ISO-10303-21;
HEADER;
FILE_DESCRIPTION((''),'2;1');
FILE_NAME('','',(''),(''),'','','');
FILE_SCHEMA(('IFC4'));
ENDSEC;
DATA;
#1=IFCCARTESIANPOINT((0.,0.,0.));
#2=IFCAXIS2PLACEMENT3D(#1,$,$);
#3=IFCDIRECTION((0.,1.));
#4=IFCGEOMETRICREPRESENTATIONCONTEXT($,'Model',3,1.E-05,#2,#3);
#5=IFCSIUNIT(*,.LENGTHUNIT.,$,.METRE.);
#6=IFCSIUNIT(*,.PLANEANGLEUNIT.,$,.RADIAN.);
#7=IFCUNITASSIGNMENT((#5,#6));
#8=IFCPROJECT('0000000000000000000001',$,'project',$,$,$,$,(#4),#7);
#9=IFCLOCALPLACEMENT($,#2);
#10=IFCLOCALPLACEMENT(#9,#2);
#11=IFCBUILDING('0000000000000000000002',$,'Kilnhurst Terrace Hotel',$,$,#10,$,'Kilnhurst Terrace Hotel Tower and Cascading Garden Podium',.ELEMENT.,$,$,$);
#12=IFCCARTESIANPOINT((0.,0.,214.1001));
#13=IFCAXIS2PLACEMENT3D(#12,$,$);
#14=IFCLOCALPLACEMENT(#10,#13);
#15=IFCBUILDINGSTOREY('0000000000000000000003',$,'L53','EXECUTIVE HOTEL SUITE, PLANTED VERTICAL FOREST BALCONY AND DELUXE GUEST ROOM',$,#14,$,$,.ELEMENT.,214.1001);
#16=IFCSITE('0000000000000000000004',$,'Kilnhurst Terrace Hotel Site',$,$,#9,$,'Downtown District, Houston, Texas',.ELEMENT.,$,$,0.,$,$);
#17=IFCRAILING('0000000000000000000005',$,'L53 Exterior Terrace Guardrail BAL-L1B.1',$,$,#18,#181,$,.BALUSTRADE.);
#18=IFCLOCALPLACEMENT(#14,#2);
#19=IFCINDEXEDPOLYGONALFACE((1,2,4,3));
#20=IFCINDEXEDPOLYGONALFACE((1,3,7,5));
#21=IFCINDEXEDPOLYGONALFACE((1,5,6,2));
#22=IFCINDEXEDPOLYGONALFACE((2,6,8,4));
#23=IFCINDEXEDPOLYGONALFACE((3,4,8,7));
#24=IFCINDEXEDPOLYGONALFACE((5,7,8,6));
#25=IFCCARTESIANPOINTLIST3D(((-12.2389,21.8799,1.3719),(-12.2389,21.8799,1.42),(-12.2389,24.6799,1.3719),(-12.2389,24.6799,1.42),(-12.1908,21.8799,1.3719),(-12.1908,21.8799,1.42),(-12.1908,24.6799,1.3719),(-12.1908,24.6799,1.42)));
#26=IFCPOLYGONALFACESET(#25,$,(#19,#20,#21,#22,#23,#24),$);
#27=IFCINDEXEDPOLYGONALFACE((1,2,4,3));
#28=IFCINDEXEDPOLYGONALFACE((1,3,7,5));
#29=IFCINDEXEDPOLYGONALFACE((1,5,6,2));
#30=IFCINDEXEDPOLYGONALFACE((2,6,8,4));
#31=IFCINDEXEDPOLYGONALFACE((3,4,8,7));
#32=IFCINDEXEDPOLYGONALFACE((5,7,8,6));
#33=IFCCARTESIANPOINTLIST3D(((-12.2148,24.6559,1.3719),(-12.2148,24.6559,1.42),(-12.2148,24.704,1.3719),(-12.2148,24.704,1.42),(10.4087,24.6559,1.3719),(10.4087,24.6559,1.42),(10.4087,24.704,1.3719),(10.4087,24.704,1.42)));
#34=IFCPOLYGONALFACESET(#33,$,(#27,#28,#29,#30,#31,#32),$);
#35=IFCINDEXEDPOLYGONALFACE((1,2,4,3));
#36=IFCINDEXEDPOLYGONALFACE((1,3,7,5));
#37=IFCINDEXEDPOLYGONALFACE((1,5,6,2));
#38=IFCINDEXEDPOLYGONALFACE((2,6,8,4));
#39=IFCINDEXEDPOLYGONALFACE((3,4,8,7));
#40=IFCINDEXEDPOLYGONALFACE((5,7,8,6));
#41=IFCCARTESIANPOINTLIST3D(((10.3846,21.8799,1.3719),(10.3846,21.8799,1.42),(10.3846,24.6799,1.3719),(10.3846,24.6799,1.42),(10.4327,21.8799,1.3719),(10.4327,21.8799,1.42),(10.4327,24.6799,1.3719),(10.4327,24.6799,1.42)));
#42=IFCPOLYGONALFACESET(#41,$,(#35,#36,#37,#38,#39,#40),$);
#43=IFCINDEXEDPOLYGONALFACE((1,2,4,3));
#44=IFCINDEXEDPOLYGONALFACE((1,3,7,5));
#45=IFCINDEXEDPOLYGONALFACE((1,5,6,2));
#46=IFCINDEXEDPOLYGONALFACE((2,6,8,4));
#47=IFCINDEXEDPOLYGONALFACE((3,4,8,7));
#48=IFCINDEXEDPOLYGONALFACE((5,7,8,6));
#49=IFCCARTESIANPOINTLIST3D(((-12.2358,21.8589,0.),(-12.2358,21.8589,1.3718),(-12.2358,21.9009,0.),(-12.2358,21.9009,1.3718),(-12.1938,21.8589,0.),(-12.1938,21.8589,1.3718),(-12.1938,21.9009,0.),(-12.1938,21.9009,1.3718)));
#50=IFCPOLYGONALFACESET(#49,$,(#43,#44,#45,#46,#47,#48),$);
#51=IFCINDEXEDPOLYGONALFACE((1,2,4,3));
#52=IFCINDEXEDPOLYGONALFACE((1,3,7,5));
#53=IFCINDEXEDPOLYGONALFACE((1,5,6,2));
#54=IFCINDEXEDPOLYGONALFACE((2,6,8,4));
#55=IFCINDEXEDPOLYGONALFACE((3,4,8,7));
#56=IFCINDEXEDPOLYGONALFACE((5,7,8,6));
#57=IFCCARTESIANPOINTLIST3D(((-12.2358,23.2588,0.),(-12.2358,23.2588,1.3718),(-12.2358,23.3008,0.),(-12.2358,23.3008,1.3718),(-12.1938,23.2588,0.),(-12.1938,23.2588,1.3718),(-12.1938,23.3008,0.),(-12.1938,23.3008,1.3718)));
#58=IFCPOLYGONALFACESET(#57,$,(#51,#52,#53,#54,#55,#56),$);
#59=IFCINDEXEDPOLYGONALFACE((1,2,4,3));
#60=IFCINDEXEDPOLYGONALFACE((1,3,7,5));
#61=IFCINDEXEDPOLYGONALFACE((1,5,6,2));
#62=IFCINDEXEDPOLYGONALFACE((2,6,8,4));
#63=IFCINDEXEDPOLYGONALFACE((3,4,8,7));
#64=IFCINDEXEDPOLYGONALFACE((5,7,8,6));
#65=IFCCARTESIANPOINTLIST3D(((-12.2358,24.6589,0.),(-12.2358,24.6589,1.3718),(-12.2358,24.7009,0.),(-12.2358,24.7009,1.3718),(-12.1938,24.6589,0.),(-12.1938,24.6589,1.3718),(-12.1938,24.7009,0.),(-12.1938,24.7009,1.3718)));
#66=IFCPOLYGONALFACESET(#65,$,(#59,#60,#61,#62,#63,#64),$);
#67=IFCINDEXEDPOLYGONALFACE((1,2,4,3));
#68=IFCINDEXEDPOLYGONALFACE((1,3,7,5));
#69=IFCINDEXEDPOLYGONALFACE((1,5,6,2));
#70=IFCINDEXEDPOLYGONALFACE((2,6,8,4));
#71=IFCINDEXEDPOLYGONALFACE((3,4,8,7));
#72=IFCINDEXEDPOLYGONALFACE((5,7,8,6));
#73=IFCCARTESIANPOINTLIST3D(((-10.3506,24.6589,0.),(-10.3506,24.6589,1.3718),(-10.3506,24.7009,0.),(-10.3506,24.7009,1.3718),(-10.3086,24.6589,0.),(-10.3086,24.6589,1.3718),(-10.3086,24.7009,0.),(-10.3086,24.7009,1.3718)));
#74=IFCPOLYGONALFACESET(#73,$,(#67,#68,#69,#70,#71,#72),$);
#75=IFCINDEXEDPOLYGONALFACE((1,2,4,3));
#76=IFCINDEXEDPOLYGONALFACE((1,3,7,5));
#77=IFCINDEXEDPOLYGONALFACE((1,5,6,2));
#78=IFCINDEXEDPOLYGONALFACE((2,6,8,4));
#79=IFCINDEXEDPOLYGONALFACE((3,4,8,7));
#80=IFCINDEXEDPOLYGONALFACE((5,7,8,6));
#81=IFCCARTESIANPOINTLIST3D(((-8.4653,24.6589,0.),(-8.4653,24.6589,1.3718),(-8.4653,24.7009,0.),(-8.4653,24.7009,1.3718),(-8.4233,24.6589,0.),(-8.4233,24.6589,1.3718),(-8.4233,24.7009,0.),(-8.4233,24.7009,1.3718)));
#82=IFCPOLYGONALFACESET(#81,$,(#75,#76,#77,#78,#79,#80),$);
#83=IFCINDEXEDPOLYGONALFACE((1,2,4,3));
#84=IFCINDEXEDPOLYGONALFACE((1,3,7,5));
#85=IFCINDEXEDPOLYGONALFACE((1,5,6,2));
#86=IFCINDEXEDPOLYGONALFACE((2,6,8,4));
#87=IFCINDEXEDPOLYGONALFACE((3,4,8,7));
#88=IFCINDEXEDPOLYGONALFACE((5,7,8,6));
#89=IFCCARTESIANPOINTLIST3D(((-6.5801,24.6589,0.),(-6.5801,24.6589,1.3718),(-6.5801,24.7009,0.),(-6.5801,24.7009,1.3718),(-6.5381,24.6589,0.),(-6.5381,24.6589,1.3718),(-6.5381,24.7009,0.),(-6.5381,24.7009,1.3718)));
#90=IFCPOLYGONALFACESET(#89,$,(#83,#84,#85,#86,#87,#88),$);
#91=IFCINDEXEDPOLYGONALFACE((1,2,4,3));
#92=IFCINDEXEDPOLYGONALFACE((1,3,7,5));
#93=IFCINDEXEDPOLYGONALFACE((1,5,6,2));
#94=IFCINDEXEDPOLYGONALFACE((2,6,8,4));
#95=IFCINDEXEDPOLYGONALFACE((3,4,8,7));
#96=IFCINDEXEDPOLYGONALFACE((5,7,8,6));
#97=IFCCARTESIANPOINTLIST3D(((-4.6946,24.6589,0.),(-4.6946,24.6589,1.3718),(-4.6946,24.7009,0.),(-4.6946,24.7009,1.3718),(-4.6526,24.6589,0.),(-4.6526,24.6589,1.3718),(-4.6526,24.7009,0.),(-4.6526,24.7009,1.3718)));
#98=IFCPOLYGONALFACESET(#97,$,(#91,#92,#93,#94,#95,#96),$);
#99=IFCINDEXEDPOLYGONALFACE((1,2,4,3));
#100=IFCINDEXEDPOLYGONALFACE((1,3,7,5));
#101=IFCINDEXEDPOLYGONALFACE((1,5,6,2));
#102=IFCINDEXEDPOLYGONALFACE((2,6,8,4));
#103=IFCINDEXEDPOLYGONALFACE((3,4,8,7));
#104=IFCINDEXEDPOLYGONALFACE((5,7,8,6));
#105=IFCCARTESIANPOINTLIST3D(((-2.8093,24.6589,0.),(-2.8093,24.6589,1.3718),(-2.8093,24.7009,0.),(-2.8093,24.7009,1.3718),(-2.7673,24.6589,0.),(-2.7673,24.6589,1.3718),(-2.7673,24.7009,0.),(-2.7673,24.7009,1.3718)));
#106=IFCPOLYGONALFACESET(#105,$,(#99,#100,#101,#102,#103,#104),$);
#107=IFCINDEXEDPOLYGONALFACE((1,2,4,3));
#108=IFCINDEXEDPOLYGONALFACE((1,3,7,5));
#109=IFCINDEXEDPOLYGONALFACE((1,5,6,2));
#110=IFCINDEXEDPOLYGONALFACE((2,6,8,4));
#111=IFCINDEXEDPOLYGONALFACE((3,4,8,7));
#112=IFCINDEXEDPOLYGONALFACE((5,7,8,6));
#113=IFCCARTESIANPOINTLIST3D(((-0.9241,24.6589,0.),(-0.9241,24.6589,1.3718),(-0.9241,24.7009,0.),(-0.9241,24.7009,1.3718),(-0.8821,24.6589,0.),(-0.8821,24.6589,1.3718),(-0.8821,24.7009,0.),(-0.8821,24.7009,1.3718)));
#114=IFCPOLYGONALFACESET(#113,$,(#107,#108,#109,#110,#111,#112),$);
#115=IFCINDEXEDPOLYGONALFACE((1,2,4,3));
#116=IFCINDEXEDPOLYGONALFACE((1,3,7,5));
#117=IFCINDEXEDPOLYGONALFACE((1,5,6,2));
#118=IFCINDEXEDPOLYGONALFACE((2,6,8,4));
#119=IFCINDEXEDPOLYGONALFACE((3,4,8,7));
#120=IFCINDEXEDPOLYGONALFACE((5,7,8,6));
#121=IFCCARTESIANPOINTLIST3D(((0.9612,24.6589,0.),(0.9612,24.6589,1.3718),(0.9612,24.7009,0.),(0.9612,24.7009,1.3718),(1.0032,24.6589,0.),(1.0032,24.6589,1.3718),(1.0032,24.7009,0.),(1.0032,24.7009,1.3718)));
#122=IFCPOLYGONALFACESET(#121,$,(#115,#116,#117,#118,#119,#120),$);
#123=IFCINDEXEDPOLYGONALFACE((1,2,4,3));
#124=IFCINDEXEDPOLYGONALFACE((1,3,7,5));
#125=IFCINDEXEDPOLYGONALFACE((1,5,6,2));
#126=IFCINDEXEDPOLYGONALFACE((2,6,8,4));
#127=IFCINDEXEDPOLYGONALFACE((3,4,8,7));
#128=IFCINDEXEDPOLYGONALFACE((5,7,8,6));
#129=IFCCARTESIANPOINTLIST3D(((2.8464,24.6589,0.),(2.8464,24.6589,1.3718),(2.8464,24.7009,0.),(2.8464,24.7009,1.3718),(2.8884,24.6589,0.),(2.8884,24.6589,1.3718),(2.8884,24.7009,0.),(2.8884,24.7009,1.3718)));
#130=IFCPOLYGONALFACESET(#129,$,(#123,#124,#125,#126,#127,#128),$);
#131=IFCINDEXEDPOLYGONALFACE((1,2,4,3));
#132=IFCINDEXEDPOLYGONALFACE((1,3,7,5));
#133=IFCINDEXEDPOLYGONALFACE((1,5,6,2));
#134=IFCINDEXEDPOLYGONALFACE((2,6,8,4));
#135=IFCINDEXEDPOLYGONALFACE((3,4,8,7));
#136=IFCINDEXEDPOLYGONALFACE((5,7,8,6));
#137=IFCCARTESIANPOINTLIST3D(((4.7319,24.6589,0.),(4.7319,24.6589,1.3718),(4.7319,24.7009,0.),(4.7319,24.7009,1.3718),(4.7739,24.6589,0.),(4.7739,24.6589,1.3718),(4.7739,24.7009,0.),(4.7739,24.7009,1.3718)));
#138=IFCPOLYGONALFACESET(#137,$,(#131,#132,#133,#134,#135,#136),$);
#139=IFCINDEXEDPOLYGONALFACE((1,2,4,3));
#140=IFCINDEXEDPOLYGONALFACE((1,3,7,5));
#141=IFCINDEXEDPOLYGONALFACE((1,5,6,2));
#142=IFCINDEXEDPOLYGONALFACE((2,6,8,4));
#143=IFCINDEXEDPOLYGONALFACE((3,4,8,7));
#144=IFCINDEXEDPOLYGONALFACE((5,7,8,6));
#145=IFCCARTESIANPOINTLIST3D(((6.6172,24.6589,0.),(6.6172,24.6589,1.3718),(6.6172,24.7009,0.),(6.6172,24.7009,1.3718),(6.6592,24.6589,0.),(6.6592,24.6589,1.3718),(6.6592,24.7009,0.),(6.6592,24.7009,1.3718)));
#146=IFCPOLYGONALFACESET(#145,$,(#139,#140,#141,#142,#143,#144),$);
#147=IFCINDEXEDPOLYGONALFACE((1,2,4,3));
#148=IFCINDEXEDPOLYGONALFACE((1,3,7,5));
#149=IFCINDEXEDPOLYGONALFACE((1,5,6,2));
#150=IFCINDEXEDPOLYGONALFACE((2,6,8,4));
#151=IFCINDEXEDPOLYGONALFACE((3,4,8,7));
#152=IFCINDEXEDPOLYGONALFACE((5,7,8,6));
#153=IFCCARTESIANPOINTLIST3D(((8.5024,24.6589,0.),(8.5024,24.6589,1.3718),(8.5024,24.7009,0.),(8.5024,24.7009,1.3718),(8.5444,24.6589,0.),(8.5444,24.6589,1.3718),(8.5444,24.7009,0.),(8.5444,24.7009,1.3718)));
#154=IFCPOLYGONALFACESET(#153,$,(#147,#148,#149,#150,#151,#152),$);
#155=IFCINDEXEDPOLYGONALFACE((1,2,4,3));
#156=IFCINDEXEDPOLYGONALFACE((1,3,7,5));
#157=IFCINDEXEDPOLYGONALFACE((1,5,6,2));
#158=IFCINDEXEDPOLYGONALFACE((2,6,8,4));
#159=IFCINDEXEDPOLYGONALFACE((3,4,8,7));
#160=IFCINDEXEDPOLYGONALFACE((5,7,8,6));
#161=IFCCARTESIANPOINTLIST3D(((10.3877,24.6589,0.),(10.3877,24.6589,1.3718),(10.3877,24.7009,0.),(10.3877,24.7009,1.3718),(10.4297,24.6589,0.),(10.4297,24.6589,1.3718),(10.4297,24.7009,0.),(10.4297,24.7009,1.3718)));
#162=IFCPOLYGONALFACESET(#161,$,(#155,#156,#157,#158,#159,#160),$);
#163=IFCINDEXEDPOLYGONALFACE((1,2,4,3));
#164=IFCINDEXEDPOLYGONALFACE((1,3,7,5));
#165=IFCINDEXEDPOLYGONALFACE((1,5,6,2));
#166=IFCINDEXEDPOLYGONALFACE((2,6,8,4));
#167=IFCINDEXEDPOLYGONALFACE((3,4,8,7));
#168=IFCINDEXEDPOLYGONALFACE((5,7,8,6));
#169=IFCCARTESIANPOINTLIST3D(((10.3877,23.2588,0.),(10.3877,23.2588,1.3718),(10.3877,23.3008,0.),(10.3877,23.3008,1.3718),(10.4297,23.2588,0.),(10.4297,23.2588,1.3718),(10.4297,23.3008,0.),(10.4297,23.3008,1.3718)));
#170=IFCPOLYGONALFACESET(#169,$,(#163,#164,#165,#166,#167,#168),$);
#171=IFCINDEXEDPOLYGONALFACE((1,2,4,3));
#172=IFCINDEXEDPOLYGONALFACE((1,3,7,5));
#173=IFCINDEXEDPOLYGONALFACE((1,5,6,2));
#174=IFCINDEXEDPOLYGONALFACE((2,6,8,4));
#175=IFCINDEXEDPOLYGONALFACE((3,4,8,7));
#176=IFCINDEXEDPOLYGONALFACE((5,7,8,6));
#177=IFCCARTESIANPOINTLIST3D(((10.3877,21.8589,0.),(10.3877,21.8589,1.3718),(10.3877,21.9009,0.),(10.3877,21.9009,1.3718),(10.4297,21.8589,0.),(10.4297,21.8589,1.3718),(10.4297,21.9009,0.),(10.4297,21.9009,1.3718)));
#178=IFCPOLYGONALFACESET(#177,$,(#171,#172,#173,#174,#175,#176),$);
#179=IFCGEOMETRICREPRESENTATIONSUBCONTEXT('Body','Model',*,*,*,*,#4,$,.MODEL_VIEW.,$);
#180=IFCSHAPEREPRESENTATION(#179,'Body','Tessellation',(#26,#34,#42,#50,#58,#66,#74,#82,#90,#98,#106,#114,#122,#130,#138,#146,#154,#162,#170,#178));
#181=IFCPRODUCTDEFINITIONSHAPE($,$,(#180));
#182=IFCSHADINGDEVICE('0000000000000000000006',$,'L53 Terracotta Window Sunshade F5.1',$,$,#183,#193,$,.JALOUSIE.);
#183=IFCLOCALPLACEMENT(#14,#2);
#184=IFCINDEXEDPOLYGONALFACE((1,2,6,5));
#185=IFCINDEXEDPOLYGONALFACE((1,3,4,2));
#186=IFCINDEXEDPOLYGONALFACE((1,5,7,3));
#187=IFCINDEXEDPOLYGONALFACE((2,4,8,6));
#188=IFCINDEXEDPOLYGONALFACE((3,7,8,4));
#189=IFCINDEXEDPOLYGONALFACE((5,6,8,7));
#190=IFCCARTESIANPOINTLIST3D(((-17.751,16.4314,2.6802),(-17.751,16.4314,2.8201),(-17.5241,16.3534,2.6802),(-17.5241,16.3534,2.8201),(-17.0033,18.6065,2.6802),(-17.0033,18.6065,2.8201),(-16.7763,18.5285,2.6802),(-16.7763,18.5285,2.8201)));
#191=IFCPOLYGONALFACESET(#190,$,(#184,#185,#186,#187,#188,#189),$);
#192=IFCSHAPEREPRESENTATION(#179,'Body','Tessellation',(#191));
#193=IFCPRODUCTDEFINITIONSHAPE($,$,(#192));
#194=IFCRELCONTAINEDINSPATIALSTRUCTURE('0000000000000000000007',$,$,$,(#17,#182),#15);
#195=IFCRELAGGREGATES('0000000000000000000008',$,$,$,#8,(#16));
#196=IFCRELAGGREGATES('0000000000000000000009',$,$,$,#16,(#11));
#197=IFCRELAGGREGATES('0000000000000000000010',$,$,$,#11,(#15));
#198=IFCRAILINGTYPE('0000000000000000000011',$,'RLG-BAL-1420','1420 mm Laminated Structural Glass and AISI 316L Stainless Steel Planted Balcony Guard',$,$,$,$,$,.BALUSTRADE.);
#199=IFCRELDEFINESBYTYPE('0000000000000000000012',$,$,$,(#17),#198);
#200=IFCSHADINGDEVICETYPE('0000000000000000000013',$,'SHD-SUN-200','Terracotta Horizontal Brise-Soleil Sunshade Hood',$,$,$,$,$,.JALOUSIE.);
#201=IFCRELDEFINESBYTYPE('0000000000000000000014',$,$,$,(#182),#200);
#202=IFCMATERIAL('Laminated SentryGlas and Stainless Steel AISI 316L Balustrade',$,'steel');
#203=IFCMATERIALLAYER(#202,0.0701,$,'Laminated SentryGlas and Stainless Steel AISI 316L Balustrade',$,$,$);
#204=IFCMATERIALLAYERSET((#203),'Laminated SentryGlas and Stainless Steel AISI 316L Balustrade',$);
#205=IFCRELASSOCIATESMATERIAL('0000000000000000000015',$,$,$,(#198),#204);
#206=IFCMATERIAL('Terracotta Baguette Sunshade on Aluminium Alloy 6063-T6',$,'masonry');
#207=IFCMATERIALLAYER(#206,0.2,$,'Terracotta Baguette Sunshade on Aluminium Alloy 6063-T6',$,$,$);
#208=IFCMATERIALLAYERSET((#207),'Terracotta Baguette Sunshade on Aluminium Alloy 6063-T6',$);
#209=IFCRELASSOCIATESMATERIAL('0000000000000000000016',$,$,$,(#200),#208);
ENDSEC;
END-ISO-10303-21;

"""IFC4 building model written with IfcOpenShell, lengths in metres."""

from ifc_helpers import new_model, si_unit, direction, frame, origin, origin_2d, place, context, subcontext, project, spatial, rectangle, extrude, material, layer, layer_set, type_object, element, save


model = new_model("IFC4")

# Units and contexts
model_context = context("Model", 3, precision=1e-05, world=origin(), true_north=direction((0.0, 1.0)))
body_context = subcontext(model_context, "Body", "Model", "MODEL_VIEW")
ifc_project = project(units=[si_unit("LENGTHUNIT", "METRE"), si_unit("PLANEANGLEUNIT", "RADIAN")], contexts=[model_context])

# Site, building, storey
site_placement = place(None, origin())
site = spatial("IfcSite", under=ifc_project, at=site_placement, Name="Kilnhurst Terrace Hotel Site", LongName="Downtown District, Houston, Texas", CompositionType="ELEMENT", RefElevation=0.0)
building_placement = place(site_placement, origin())
building = spatial("IfcBuilding", under=site, at=building_placement, Name="Kilnhurst Terrace Hotel", LongName="Kilnhurst Terrace Hotel Tower and Cascading Garden Podium", CompositionType="ELEMENT")
storey_placement = place(building_placement, frame((0.0, 0.0, 214.1001)))
storey = spatial("IfcBuildingStorey", under=building, at=storey_placement, Name="L53", Description="EXECUTIVE HOTEL SUITE, PLANTED VERTICAL FOREST BALCONY AND DELUXE GUEST ROOM", CompositionType="ELEMENT", Elevation=214.1001)

# Railing
ifc_material_1 = material(Name="Laminated SentryGlas and Stainless Steel AISI 316L Balustrade", Category="steel")
ifc_layer_1 = layer(ifc_material_1, 0.0701, Name="Laminated SentryGlas and Stainless Steel AISI 316L Balustrade")
ifc_layer_set_1 = layer_set([ifc_layer_1], Name="Laminated SentryGlas and Stainless Steel AISI 316L Balustrade")
railing_type = type_object("IfcRailingType", Name="RLG-BAL-1420", Description="1420 mm Laminated Structural Glass and AISI 316L Stainless Steel Planted Balcony Guard", PredefinedType="BALUSTRADE", material=ifc_layer_set_1)
railing_placement = place(storey_placement, frame((-12.2148, 21.8799, 0.0)))
element("IfcRailing", 1, at=railing_placement, inside=storey, type_object=railing_type, Name="L53 Exterior Terrace Guardrail BAL-L1B.1", PredefinedType="BALUSTRADE", context=body_context, shape_type="SweptSolid", body=[
    extrude(rectangle(XDim=0.0481, YDim=0.0481, at=origin_2d()), frame((0.0, 0.0, 1.396), z_axis=(0.0, 1.0, 0.0), x_axis=(-1.0, 0.0, 0.0)), (0.0, 0.0, 1.0), 2.8),
    extrude(rectangle(XDim=0.0481, YDim=0.0481, at=origin_2d()), frame((0.0, 2.8, 1.396), z_axis=(1.0, 0.0, 0.0), x_axis=(0.0, 1.0, 0.0)), (0.0, 0.0, 1.0), 22.6235),
    extrude(rectangle(XDim=0.0481, YDim=0.0481, at=origin_2d()), frame((22.6235, 2.8, 1.396), z_axis=(0.0, -1.0, 0.0), x_axis=(1.0, 0.0, 0.0)), (0.0, 0.0, 1.0), 2.8),
    extrude(rectangle(XDim=0.042, YDim=0.042, at=origin_2d()), origin(), (0.0, 0.0, 1.0), 1.3718),
    extrude(rectangle(XDim=0.042, YDim=0.042, at=origin_2d()), frame((0.0, 1.3999, 0.0)), (0.0, 0.0, 1.0), 1.3718),
    extrude(rectangle(XDim=0.042, YDim=0.042, at=origin_2d()), frame((0.0, 2.8, 0.0)), (0.0, 0.0, 1.0), 1.3718),
    extrude(rectangle(XDim=0.042, YDim=0.042, at=origin_2d()), frame((1.8853, 2.8, 0.0)), (0.0, 0.0, 1.0), 1.3718),
    extrude(rectangle(XDim=0.042, YDim=0.042, at=origin_2d()), frame((3.7705, 2.8, 0.0)), (0.0, 0.0, 1.0), 1.3718),
    extrude(rectangle(XDim=0.042, YDim=0.042, at=origin_2d()), frame((5.6558, 2.8, 0.0)), (0.0, 0.0, 1.0), 1.3718),
    extrude(rectangle(XDim=0.042, YDim=0.042, at=origin_2d()), frame((7.5413, 2.8, 0.0)), (0.0, 0.0, 1.0), 1.3718),
    extrude(rectangle(XDim=0.042, YDim=0.042, at=origin_2d()), frame((9.4265, 2.8, 0.0)), (0.0, 0.0, 1.0), 1.3718),
    extrude(rectangle(XDim=0.042, YDim=0.042, at=origin_2d()), frame((11.3118, 2.8, 0.0)), (0.0, 0.0, 1.0), 1.3718),
    extrude(rectangle(XDim=0.042, YDim=0.042, at=origin_2d()), frame((13.197, 2.8, 0.0)), (0.0, 0.0, 1.0), 1.3718),
    extrude(rectangle(XDim=0.042, YDim=0.042, at=origin_2d()), frame((15.0823, 2.8, 0.0)), (0.0, 0.0, 1.0), 1.3718),
    extrude(rectangle(XDim=0.042, YDim=0.042, at=origin_2d()), frame((16.9678, 2.8, 0.0)), (0.0, 0.0, 1.0), 1.3718),
    extrude(rectangle(XDim=0.042, YDim=0.042, at=origin_2d()), frame((18.853, 2.8, 0.0)), (0.0, 0.0, 1.0), 1.3718),
    extrude(rectangle(XDim=0.042, YDim=0.042, at=origin_2d()), frame((20.7383, 2.8, 0.0)), (0.0, 0.0, 1.0), 1.3718),
    extrude(rectangle(XDim=0.042, YDim=0.042, at=origin_2d()), frame((22.6235, 2.8, 0.0)), (0.0, 0.0, 1.0), 1.3718),
    extrude(rectangle(XDim=0.042, YDim=0.042, at=origin_2d()), frame((22.6235, 1.3999, 0.0)), (0.0, 0.0, 1.0), 1.3718),
    extrude(rectangle(XDim=0.042, YDim=0.042, at=origin_2d()), frame((22.6235, 0.0, 0.0)), (0.0, 0.0, 1.0), 1.3718),
])

# Shading device
ifc_material_2 = material(Name="Terracotta Baguette Sunshade on Aluminium Alloy 6063-T6", Category="masonry")
ifc_layer_2 = layer(ifc_material_2, 0.2, Name="Terracotta Baguette Sunshade on Aluminium Alloy 6063-T6")
ifc_layer_set_2 = layer_set([ifc_layer_2], Name="Terracotta Baguette Sunshade on Aluminium Alloy 6063-T6")
shading_device_type = type_object("IfcShadingDeviceType", Name="SHD-SUN-200", Description="Terracotta Horizontal Brise-Soleil Sunshade Hood", PredefinedType="JALOUSIE", material=ifc_layer_set_2)
shading_device_placement = place(storey_placement, frame((-17.2637, 17.48, 2.6802), z_axis=(0.0, 0.0, 1.0), x_axis=(-0.32509, -0.945683, 0.0)))
element("IfcShadingDevice", 2, at=shading_device_placement, inside=storey, type_object=shading_device_type, Name="L53 Terracotta Window Sunshade F5.1", PredefinedType="JALOUSIE", context=body_context, shape_type="SweptSolid", body=[
    extrude(rectangle(XDim=2.3, YDim=0.24, at=origin_2d()), origin(), (0.0, 0.0, 1.0), 0.1399),
])

save(model, "model.ifc")
